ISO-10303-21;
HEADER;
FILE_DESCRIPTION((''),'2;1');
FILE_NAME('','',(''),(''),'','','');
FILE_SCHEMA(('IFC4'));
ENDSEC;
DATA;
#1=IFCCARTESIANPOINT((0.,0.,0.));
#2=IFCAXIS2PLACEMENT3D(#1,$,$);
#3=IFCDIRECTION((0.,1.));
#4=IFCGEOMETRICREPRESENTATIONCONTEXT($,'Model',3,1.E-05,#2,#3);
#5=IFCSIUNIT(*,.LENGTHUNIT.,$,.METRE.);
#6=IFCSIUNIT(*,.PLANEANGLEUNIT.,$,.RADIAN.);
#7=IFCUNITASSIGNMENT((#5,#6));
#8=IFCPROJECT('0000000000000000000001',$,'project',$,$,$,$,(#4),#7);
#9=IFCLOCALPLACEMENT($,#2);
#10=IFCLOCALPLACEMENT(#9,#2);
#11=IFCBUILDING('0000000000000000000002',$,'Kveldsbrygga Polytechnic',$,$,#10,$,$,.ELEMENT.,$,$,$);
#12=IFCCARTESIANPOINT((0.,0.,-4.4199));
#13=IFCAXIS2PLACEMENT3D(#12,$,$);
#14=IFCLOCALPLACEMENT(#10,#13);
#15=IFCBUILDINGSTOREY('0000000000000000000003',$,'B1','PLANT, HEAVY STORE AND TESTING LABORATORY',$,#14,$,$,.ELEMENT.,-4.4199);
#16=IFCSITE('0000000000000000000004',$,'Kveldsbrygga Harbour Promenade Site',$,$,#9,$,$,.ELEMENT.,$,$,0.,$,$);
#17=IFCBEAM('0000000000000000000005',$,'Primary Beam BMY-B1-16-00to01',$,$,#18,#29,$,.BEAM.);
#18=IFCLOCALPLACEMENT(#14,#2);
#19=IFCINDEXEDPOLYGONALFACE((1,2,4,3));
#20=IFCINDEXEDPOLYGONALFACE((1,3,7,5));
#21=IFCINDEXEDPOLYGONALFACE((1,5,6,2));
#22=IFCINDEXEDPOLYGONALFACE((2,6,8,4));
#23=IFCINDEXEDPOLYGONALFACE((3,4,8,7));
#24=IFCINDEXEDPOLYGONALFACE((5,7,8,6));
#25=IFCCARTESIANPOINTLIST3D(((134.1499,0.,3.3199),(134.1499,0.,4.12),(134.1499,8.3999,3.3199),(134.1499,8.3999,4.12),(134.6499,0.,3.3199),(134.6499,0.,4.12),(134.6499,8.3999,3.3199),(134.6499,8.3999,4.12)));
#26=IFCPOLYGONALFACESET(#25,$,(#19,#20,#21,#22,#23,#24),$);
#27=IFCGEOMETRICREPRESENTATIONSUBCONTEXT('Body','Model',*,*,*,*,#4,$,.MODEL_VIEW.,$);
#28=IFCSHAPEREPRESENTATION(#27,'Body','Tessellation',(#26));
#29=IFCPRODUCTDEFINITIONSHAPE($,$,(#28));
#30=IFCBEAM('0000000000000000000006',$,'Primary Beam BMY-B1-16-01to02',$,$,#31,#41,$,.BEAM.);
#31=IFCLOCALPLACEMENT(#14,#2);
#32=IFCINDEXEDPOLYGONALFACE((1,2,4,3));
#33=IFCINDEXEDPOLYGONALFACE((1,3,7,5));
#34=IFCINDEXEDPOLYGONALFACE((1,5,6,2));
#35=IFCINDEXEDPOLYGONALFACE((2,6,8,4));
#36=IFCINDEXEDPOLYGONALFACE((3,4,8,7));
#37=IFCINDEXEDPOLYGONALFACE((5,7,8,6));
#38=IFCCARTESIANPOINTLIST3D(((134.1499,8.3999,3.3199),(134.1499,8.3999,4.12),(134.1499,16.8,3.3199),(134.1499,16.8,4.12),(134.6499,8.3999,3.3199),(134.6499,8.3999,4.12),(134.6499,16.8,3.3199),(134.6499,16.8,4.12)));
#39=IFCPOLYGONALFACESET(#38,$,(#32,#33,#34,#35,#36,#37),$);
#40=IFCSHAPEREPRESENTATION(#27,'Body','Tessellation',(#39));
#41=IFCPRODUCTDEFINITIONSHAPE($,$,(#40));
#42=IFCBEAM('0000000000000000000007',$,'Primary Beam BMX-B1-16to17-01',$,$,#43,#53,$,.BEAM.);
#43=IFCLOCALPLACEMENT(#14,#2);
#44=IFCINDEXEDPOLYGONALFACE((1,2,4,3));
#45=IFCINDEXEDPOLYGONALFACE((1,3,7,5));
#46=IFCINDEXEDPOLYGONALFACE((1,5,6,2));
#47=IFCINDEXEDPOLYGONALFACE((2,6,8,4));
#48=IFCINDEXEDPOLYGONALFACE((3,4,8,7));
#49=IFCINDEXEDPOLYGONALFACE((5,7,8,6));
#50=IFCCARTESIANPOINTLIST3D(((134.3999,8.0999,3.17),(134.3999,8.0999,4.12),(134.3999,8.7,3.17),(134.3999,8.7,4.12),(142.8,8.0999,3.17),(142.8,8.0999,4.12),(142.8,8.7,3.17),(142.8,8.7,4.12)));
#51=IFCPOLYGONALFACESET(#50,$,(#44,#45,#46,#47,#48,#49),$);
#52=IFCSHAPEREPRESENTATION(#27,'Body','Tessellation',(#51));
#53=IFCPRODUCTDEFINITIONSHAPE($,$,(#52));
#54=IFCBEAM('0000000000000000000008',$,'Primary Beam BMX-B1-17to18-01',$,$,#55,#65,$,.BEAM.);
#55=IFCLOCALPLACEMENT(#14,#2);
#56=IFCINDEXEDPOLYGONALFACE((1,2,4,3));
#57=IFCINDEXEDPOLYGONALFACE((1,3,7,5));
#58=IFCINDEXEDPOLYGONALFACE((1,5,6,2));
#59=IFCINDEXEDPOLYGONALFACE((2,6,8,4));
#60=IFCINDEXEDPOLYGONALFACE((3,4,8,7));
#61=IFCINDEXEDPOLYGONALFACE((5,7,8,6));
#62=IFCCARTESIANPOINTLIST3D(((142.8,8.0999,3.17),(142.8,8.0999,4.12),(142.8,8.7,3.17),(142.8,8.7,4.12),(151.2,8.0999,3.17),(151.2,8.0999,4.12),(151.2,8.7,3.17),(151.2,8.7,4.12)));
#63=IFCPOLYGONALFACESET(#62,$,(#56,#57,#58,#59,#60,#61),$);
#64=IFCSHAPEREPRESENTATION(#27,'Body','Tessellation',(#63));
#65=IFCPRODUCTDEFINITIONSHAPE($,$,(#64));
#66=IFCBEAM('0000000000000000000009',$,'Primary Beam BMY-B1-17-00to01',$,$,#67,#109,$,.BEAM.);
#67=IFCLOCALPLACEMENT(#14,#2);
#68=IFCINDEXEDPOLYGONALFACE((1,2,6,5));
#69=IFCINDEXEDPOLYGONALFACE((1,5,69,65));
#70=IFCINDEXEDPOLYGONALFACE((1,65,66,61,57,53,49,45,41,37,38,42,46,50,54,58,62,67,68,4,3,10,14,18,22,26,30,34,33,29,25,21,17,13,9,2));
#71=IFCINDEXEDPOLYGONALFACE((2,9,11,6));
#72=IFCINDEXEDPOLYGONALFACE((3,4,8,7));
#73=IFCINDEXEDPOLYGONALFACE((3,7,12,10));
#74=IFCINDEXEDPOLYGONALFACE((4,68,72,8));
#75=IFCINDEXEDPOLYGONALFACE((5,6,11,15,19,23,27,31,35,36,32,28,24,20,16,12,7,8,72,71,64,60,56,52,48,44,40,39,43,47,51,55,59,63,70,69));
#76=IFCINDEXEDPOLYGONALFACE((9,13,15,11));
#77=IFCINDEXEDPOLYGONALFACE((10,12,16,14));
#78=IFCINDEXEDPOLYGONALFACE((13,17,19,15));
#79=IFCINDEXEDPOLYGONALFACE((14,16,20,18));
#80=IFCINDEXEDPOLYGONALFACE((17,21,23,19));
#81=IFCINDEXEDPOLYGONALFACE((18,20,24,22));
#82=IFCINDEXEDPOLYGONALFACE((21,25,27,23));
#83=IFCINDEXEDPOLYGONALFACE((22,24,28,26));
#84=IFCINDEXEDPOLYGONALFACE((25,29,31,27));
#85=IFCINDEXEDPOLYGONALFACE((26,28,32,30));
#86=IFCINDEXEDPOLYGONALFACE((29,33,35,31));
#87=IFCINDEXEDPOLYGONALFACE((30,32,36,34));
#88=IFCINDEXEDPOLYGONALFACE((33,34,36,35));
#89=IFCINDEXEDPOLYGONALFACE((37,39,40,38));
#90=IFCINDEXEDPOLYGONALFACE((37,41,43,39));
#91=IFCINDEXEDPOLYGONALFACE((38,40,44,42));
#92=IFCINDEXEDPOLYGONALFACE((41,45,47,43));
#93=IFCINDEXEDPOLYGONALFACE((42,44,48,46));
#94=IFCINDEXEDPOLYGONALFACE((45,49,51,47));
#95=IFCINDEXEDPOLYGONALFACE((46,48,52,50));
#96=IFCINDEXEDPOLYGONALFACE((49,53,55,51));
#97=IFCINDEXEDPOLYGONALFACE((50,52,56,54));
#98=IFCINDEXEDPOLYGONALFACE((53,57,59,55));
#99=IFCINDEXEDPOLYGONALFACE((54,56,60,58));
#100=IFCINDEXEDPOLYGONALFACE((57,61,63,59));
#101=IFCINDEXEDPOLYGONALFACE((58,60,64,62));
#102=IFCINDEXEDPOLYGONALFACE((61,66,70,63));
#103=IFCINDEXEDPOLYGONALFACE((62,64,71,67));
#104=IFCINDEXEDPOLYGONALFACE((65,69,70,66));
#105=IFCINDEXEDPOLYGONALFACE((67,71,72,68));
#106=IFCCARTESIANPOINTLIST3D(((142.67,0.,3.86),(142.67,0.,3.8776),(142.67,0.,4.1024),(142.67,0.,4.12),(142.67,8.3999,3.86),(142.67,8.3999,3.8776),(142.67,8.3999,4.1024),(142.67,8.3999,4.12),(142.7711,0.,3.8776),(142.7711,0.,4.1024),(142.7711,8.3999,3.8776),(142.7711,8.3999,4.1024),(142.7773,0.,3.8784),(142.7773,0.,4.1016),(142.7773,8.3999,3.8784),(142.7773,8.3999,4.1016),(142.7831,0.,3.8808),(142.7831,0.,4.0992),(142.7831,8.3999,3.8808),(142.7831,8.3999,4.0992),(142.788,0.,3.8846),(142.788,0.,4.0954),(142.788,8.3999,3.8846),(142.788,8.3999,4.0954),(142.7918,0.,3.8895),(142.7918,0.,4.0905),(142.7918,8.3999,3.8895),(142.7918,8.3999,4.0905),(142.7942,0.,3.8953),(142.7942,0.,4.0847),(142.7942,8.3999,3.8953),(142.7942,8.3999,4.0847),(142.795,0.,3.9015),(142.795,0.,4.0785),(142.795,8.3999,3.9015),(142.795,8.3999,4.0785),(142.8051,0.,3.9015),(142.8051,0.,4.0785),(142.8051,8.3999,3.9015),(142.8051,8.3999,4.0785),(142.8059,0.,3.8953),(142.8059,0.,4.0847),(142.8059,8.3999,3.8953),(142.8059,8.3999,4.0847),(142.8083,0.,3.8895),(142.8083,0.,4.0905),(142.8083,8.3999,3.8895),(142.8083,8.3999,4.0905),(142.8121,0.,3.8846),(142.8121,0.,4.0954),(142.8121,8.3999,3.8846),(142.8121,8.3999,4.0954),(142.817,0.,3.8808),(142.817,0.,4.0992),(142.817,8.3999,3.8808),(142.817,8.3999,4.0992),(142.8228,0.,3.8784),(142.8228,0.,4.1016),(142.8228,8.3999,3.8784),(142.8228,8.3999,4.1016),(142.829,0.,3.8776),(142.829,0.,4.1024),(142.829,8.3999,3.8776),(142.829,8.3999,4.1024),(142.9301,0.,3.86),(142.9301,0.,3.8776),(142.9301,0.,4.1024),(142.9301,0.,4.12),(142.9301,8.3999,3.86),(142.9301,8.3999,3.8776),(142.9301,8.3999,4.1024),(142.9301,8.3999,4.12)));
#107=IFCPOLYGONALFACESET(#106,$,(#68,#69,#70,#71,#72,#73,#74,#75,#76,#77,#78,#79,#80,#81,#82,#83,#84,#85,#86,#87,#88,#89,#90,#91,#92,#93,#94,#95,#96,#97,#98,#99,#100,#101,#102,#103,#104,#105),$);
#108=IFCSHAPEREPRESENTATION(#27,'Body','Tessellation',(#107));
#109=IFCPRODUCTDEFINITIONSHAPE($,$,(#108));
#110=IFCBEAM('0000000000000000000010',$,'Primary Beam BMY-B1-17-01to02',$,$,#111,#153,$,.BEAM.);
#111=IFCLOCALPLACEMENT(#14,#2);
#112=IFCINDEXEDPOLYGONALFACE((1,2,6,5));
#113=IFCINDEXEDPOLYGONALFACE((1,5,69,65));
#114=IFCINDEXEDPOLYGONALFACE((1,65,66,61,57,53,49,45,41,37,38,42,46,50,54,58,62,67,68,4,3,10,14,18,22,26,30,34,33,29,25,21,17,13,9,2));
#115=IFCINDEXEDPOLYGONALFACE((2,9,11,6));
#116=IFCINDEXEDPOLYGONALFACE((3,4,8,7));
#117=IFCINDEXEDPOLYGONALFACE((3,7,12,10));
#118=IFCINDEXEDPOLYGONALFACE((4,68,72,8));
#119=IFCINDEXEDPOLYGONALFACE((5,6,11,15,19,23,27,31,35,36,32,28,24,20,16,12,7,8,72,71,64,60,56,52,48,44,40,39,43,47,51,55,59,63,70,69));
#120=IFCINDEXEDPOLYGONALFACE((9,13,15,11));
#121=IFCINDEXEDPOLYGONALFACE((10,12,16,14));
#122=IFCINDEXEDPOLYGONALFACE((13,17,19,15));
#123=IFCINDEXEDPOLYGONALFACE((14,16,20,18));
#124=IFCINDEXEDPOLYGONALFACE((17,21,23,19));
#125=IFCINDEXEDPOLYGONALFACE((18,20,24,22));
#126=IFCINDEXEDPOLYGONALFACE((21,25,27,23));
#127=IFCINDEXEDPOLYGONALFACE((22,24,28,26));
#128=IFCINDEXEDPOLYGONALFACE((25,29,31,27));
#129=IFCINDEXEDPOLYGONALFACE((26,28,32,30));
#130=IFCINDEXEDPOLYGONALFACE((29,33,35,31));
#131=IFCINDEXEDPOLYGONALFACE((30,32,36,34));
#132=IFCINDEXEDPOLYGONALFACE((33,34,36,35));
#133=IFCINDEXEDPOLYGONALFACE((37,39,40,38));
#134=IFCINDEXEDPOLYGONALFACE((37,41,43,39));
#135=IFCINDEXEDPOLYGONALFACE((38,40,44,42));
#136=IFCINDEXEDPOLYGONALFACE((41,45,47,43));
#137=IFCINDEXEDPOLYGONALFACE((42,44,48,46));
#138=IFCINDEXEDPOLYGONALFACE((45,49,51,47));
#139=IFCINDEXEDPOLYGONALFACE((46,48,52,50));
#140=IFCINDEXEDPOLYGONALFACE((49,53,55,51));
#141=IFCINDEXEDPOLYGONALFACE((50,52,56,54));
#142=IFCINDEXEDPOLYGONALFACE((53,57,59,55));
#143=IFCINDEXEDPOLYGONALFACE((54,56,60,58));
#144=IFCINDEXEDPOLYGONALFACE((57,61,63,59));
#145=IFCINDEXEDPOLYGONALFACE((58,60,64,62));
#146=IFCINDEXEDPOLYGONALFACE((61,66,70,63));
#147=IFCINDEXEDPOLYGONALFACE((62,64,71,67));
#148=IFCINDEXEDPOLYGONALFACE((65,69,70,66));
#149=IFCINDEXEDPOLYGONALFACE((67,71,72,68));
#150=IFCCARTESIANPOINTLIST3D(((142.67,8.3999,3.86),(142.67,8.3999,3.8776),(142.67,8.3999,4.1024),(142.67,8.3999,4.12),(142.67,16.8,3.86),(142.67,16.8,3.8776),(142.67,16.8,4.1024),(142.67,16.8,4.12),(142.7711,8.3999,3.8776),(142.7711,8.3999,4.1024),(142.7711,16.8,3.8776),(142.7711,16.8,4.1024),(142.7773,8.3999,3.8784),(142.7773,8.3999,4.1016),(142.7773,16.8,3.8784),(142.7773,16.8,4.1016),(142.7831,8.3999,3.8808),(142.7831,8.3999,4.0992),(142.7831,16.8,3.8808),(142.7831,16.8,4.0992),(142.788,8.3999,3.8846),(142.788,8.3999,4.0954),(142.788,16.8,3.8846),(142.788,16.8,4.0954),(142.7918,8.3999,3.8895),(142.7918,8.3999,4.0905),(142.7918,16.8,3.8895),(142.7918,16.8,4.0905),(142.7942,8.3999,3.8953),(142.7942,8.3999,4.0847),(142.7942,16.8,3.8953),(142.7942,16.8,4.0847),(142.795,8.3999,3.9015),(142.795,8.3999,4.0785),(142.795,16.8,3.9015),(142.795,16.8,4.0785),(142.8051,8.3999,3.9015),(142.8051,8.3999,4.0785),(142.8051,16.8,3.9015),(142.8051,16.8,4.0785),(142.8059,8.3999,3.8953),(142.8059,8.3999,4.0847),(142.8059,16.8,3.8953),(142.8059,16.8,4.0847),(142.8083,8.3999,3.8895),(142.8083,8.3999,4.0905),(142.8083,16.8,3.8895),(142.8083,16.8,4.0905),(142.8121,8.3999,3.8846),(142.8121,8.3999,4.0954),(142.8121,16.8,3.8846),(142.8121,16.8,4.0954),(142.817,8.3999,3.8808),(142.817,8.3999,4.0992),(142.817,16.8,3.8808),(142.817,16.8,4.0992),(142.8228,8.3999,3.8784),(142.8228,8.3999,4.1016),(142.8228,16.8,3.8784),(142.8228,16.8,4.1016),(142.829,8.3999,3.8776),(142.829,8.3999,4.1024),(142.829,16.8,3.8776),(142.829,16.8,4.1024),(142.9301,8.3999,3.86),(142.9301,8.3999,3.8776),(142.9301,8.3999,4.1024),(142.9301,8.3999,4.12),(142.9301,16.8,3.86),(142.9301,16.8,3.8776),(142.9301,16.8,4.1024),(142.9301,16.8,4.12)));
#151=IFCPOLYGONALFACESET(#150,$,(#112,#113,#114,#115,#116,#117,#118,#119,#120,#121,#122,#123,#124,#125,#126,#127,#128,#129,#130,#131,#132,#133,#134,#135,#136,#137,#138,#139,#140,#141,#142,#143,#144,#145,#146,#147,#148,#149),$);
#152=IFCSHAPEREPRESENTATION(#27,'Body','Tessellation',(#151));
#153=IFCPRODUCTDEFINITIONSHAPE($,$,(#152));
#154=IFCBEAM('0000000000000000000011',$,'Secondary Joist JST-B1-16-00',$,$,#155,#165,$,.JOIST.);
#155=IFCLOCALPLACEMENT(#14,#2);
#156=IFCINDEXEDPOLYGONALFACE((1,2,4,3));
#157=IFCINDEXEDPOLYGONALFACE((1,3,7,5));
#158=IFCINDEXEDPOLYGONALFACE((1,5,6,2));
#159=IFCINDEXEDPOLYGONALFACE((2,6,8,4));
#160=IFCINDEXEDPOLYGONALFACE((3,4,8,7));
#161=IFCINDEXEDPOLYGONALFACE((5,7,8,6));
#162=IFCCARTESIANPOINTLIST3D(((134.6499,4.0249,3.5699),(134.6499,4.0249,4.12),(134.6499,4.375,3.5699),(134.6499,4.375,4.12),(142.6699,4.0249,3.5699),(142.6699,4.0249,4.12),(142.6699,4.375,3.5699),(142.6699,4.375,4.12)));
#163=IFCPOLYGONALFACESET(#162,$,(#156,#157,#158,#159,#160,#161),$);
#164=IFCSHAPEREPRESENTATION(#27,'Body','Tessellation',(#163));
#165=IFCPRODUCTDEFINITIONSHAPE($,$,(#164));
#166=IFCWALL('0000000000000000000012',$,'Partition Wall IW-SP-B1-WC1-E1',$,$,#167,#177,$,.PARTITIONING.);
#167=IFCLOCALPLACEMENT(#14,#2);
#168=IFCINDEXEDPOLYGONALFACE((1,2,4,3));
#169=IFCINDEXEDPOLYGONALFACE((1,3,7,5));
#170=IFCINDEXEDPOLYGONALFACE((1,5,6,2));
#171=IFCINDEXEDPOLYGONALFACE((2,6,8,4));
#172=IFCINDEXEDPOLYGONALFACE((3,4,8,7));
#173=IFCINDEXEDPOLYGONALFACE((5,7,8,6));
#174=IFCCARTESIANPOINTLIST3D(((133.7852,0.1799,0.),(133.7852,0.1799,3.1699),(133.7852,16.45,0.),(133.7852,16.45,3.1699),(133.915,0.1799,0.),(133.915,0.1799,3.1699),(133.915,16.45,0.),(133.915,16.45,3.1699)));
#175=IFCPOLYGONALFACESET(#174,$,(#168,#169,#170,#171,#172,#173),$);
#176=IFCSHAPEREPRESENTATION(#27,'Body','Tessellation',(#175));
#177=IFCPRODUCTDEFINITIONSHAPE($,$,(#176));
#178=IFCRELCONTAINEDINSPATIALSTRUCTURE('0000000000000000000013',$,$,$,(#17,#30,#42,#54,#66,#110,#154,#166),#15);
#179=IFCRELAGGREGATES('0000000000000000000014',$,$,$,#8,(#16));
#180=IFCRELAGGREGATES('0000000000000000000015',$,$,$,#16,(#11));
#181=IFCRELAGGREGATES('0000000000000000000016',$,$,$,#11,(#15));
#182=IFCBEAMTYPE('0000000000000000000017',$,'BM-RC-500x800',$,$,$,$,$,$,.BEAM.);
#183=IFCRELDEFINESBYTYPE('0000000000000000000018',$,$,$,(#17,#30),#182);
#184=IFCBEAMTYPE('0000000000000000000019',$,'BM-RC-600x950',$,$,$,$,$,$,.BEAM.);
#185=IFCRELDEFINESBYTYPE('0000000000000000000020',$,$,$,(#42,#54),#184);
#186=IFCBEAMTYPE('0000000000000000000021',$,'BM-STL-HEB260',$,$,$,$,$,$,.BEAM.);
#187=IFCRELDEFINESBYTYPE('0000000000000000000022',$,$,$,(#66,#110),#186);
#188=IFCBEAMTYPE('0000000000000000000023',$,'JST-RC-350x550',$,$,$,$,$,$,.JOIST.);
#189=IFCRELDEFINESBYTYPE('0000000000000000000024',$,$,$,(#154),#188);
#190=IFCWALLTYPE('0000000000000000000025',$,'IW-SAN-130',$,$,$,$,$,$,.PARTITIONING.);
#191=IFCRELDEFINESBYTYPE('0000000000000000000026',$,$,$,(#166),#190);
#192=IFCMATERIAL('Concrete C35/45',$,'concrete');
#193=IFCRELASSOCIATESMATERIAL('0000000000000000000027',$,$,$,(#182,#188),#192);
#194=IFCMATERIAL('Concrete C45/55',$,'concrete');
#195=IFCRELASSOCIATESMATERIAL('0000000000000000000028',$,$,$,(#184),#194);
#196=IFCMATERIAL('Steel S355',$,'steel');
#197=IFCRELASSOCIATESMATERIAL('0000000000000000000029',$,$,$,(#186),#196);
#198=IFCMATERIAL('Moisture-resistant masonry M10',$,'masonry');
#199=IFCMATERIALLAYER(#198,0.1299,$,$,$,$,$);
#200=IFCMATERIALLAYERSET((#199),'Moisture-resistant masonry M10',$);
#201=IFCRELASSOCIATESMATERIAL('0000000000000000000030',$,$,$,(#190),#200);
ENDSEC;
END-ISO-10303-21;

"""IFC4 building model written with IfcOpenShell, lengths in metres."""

from ifc_helpers import new_model, si_unit, direction, frame, frame_2d, origin, origin_2d, place, context, subcontext, project, spatial, rectangle, i_section, extrude, material, layer, layer_set, material_profile, profile_set, type_object, element, save


model = new_model("IFC4")

# Units and contexts
model_context = context("Model", 3, precision=1e-05, world=origin(), true_north=direction((0.0, 1.0)))
body_context = subcontext(model_context, "Body", "Model", "MODEL_VIEW")
ifc_project = project(units=[si_unit("LENGTHUNIT", "METRE"), si_unit("PLANEANGLEUNIT", "RADIAN")], contexts=[model_context])

# Site, building, storey
site_placement = place(None, origin())
site = spatial("IfcSite", under=ifc_project, at=site_placement, Name="Kveldsbrygga Harbour Promenade Site", CompositionType="ELEMENT", RefElevation=0.0)
building_placement = place(site_placement, origin())
building = spatial("IfcBuilding", under=site, at=building_placement, Name="Kveldsbrygga Polytechnic", CompositionType="ELEMENT")
storey_placement = place(building_placement, frame((0.0, 0.0, -4.4199)))
storey = spatial("IfcBuildingStorey", under=building, at=storey_placement, Name="B1", Description="PLANT, HEAVY STORE AND TESTING LABORATORY", CompositionType="ELEMENT", Elevation=-4.4199)

# Shared definitions
ifc_material_1 = material(Name="Concrete C45/55", Category="concrete")

# Beams
ifc_material_2 = material(Name="Concrete C35/45", Category="concrete")
ifc_material_profile_1 = material_profile(ifc_material_2, rectangle(XDim=0.5, YDim=0.8, at=origin_2d()), Name="RC 500x800")
ifc_profile_set_1 = profile_set([ifc_material_profile_1], Name="Concrete C35/45")
beam_type_1 = type_object("IfcBeamType", Name="BM-RC-500x800", PredefinedType="BEAM", material=ifc_profile_set_1)
beam_1_placement = place(storey_placement, frame((134.3999, 0.0, 3.72), z_axis=(0.0, 1.0, 0.0), x_axis=(-1.0, 0.0, 0.0)))
element("IfcBeam", 1, at=beam_1_placement, inside=storey, type_object=beam_type_1, Name="Primary Beam BMY-B1-16-00to01", PredefinedType="BEAM", context=body_context, shape_type="SweptSolid", body=[
    extrude(rectangle(XDim=0.5, YDim=0.8, at=origin_2d()), origin(), (0.0, 0.0, 1.0), 8.3999),
])
beam_2_placement = place(storey_placement, frame((134.3999, 8.3999, 3.72), z_axis=(0.0, 1.0, 0.0), x_axis=(-1.0, 0.0, 0.0)))
element("IfcBeam", 2, at=beam_2_placement, inside=storey, type_object=beam_type_1, Name="Primary Beam BMY-B1-16-01to02", PredefinedType="BEAM", context=body_context, shape_type="SweptSolid", body=[
    extrude(rectangle(XDim=0.5, YDim=0.8, at=origin_2d()), origin(), (0.0, 0.0, 1.0), 8.4001),
])
ifc_material_profile_2 = material_profile(ifc_material_1, rectangle(XDim=0.6001, YDim=0.95, at=origin_2d()), Name="RC 600x950")
ifc_profile_set_2 = profile_set([ifc_material_profile_2], Name="Concrete C45/55")
beam_type_2 = type_object("IfcBeamType", Name="BM-RC-600x950", PredefinedType="BEAM", material=ifc_profile_set_2)
beam_3_placement = place(storey_placement, frame((134.3999, 8.3999, 3.645), z_axis=(1.0, 0.0, 0.0), x_axis=(0.0, 1.0, 0.0)))
element("IfcBeam", 3, at=beam_3_placement, inside=storey, type_object=beam_type_2, Name="Primary Beam BMX-B1-16to17-01", PredefinedType="BEAM", context=body_context, shape_type="SweptSolid", body=[
    extrude(rectangle(XDim=0.6001, YDim=0.95, at=origin_2d()), origin(), (0.0, 0.0, 1.0), 8.4001),
])
beam_4_placement = place(storey_placement, frame((142.8, 8.3999, 3.645), z_axis=(1.0, 0.0, 0.0), x_axis=(0.0, 1.0, 0.0)))
element("IfcBeam", 4, at=beam_4_placement, inside=storey, type_object=beam_type_2, Name="Primary Beam BMX-B1-17to18-01", PredefinedType="BEAM", context=body_context, shape_type="SweptSolid", body=[
    extrude(rectangle(XDim=0.6001, YDim=0.95, at=origin_2d()), origin(), (0.0, 0.0, 1.0), 8.3999),
])
ifc_material_3 = material(Name="Steel S355", Category="steel")
ifc_material_profile_3 = material_profile(ifc_material_3, i_section(OverallWidth=0.26, OverallDepth=0.26, WebThickness=0.01, FlangeThickness=0.0176, FilletRadius=0.0239, at=origin_2d()), Name="HEB 260")
ifc_profile_set_3 = profile_set([ifc_material_profile_3], Name="Steel S355")
beam_type_3 = type_object("IfcBeamType", Name="BM-STL-HEB260", PredefinedType="BEAM", material=ifc_profile_set_3)
beam_5_placement = place(storey_placement, frame((142.8, 0.0, 3.99), z_axis=(0.0, 1.0, 0.0), x_axis=(-1.0, 0.0, 0.0)))
element("IfcBeam", 5, at=beam_5_placement, inside=storey, type_object=beam_type_3, Name="Primary Beam BMY-B1-17-00to01", PredefinedType="BEAM", context=body_context, shape_type="SweptSolid", body=[
    extrude(i_section(OverallWidth=0.26, OverallDepth=0.26, WebThickness=0.01, FlangeThickness=0.0176, FilletRadius=0.0239, at=origin_2d()), origin(), (0.0, 0.0, 1.0), 8.3999),
])
beam_6_placement = place(storey_placement, frame((142.8, 8.3999, 3.99), z_axis=(0.0, 1.0, 0.0), x_axis=(-1.0, 0.0, 0.0)))
element("IfcBeam", 6, at=beam_6_placement, inside=storey, type_object=beam_type_3, Name="Primary Beam BMY-B1-17-01to02", PredefinedType="BEAM", context=body_context, shape_type="SweptSolid", body=[
    extrude(i_section(OverallWidth=0.26, OverallDepth=0.26, WebThickness=0.01, FlangeThickness=0.0176, FilletRadius=0.0239, at=origin_2d()), origin(), (0.0, 0.0, 1.0), 8.4001),
])
ifc_material_profile_4 = material_profile(ifc_material_2, rectangle(XDim=0.3501, YDim=0.55, at=origin_2d()), Name="RC 350x550")
ifc_profile_set_4 = profile_set([ifc_material_profile_4], Name="Concrete C35/45")
beam_type_4 = type_object("IfcBeamType", Name="JST-RC-350x550", PredefinedType="JOIST", material=ifc_profile_set_4)
beam_7_placement = place(storey_placement, frame((134.6499, 4.2, 3.845), z_axis=(1.0, 0.0, 0.0), x_axis=(0.0, 1.0, 0.0)))
element("IfcBeam", 7, at=beam_7_placement, inside=storey, type_object=beam_type_4, Name="Secondary Joist JST-B1-16-00", PredefinedType="JOIST", context=body_context, shape_type="SweptSolid", body=[
    extrude(rectangle(XDim=0.3501, YDim=0.55, at=origin_2d()), origin(), (0.0, 0.0, 1.0), 8.02),
])

# Wall
ifc_material_4 = material(Name="Moisture-resistant masonry M10", Category="masonry")
ifc_layer_1 = layer(ifc_material_4, 0.1299)
ifc_layer_set_1 = layer_set([ifc_layer_1], Name="Moisture-resistant masonry M10")
wall_type_1 = type_object("IfcWallType", Name="IW-SAN-130", PredefinedType="PARTITIONING", material=ifc_layer_set_1)
wall_1_placement = place(storey_placement, frame((133.8501, 0.1799, 0.0), z_axis=(0.0, 0.0, 1.0), x_axis=(0.0, 1.0, 0.0)))
element("IfcWall", 8, at=wall_1_placement, inside=storey, type_object=wall_type_1, Name="Partition Wall IW-SP-B1-WC1-E1", PredefinedType="PARTITIONING", context=body_context, shape_type="SweptSolid", body=[
    extrude(rectangle(XDim=16.27, YDim=0.1299, at=frame_2d((8.135, 0.0))), origin(), (0.0, 0.0, 1.0), 3.1699),
])

save(model, "model.ifc")
